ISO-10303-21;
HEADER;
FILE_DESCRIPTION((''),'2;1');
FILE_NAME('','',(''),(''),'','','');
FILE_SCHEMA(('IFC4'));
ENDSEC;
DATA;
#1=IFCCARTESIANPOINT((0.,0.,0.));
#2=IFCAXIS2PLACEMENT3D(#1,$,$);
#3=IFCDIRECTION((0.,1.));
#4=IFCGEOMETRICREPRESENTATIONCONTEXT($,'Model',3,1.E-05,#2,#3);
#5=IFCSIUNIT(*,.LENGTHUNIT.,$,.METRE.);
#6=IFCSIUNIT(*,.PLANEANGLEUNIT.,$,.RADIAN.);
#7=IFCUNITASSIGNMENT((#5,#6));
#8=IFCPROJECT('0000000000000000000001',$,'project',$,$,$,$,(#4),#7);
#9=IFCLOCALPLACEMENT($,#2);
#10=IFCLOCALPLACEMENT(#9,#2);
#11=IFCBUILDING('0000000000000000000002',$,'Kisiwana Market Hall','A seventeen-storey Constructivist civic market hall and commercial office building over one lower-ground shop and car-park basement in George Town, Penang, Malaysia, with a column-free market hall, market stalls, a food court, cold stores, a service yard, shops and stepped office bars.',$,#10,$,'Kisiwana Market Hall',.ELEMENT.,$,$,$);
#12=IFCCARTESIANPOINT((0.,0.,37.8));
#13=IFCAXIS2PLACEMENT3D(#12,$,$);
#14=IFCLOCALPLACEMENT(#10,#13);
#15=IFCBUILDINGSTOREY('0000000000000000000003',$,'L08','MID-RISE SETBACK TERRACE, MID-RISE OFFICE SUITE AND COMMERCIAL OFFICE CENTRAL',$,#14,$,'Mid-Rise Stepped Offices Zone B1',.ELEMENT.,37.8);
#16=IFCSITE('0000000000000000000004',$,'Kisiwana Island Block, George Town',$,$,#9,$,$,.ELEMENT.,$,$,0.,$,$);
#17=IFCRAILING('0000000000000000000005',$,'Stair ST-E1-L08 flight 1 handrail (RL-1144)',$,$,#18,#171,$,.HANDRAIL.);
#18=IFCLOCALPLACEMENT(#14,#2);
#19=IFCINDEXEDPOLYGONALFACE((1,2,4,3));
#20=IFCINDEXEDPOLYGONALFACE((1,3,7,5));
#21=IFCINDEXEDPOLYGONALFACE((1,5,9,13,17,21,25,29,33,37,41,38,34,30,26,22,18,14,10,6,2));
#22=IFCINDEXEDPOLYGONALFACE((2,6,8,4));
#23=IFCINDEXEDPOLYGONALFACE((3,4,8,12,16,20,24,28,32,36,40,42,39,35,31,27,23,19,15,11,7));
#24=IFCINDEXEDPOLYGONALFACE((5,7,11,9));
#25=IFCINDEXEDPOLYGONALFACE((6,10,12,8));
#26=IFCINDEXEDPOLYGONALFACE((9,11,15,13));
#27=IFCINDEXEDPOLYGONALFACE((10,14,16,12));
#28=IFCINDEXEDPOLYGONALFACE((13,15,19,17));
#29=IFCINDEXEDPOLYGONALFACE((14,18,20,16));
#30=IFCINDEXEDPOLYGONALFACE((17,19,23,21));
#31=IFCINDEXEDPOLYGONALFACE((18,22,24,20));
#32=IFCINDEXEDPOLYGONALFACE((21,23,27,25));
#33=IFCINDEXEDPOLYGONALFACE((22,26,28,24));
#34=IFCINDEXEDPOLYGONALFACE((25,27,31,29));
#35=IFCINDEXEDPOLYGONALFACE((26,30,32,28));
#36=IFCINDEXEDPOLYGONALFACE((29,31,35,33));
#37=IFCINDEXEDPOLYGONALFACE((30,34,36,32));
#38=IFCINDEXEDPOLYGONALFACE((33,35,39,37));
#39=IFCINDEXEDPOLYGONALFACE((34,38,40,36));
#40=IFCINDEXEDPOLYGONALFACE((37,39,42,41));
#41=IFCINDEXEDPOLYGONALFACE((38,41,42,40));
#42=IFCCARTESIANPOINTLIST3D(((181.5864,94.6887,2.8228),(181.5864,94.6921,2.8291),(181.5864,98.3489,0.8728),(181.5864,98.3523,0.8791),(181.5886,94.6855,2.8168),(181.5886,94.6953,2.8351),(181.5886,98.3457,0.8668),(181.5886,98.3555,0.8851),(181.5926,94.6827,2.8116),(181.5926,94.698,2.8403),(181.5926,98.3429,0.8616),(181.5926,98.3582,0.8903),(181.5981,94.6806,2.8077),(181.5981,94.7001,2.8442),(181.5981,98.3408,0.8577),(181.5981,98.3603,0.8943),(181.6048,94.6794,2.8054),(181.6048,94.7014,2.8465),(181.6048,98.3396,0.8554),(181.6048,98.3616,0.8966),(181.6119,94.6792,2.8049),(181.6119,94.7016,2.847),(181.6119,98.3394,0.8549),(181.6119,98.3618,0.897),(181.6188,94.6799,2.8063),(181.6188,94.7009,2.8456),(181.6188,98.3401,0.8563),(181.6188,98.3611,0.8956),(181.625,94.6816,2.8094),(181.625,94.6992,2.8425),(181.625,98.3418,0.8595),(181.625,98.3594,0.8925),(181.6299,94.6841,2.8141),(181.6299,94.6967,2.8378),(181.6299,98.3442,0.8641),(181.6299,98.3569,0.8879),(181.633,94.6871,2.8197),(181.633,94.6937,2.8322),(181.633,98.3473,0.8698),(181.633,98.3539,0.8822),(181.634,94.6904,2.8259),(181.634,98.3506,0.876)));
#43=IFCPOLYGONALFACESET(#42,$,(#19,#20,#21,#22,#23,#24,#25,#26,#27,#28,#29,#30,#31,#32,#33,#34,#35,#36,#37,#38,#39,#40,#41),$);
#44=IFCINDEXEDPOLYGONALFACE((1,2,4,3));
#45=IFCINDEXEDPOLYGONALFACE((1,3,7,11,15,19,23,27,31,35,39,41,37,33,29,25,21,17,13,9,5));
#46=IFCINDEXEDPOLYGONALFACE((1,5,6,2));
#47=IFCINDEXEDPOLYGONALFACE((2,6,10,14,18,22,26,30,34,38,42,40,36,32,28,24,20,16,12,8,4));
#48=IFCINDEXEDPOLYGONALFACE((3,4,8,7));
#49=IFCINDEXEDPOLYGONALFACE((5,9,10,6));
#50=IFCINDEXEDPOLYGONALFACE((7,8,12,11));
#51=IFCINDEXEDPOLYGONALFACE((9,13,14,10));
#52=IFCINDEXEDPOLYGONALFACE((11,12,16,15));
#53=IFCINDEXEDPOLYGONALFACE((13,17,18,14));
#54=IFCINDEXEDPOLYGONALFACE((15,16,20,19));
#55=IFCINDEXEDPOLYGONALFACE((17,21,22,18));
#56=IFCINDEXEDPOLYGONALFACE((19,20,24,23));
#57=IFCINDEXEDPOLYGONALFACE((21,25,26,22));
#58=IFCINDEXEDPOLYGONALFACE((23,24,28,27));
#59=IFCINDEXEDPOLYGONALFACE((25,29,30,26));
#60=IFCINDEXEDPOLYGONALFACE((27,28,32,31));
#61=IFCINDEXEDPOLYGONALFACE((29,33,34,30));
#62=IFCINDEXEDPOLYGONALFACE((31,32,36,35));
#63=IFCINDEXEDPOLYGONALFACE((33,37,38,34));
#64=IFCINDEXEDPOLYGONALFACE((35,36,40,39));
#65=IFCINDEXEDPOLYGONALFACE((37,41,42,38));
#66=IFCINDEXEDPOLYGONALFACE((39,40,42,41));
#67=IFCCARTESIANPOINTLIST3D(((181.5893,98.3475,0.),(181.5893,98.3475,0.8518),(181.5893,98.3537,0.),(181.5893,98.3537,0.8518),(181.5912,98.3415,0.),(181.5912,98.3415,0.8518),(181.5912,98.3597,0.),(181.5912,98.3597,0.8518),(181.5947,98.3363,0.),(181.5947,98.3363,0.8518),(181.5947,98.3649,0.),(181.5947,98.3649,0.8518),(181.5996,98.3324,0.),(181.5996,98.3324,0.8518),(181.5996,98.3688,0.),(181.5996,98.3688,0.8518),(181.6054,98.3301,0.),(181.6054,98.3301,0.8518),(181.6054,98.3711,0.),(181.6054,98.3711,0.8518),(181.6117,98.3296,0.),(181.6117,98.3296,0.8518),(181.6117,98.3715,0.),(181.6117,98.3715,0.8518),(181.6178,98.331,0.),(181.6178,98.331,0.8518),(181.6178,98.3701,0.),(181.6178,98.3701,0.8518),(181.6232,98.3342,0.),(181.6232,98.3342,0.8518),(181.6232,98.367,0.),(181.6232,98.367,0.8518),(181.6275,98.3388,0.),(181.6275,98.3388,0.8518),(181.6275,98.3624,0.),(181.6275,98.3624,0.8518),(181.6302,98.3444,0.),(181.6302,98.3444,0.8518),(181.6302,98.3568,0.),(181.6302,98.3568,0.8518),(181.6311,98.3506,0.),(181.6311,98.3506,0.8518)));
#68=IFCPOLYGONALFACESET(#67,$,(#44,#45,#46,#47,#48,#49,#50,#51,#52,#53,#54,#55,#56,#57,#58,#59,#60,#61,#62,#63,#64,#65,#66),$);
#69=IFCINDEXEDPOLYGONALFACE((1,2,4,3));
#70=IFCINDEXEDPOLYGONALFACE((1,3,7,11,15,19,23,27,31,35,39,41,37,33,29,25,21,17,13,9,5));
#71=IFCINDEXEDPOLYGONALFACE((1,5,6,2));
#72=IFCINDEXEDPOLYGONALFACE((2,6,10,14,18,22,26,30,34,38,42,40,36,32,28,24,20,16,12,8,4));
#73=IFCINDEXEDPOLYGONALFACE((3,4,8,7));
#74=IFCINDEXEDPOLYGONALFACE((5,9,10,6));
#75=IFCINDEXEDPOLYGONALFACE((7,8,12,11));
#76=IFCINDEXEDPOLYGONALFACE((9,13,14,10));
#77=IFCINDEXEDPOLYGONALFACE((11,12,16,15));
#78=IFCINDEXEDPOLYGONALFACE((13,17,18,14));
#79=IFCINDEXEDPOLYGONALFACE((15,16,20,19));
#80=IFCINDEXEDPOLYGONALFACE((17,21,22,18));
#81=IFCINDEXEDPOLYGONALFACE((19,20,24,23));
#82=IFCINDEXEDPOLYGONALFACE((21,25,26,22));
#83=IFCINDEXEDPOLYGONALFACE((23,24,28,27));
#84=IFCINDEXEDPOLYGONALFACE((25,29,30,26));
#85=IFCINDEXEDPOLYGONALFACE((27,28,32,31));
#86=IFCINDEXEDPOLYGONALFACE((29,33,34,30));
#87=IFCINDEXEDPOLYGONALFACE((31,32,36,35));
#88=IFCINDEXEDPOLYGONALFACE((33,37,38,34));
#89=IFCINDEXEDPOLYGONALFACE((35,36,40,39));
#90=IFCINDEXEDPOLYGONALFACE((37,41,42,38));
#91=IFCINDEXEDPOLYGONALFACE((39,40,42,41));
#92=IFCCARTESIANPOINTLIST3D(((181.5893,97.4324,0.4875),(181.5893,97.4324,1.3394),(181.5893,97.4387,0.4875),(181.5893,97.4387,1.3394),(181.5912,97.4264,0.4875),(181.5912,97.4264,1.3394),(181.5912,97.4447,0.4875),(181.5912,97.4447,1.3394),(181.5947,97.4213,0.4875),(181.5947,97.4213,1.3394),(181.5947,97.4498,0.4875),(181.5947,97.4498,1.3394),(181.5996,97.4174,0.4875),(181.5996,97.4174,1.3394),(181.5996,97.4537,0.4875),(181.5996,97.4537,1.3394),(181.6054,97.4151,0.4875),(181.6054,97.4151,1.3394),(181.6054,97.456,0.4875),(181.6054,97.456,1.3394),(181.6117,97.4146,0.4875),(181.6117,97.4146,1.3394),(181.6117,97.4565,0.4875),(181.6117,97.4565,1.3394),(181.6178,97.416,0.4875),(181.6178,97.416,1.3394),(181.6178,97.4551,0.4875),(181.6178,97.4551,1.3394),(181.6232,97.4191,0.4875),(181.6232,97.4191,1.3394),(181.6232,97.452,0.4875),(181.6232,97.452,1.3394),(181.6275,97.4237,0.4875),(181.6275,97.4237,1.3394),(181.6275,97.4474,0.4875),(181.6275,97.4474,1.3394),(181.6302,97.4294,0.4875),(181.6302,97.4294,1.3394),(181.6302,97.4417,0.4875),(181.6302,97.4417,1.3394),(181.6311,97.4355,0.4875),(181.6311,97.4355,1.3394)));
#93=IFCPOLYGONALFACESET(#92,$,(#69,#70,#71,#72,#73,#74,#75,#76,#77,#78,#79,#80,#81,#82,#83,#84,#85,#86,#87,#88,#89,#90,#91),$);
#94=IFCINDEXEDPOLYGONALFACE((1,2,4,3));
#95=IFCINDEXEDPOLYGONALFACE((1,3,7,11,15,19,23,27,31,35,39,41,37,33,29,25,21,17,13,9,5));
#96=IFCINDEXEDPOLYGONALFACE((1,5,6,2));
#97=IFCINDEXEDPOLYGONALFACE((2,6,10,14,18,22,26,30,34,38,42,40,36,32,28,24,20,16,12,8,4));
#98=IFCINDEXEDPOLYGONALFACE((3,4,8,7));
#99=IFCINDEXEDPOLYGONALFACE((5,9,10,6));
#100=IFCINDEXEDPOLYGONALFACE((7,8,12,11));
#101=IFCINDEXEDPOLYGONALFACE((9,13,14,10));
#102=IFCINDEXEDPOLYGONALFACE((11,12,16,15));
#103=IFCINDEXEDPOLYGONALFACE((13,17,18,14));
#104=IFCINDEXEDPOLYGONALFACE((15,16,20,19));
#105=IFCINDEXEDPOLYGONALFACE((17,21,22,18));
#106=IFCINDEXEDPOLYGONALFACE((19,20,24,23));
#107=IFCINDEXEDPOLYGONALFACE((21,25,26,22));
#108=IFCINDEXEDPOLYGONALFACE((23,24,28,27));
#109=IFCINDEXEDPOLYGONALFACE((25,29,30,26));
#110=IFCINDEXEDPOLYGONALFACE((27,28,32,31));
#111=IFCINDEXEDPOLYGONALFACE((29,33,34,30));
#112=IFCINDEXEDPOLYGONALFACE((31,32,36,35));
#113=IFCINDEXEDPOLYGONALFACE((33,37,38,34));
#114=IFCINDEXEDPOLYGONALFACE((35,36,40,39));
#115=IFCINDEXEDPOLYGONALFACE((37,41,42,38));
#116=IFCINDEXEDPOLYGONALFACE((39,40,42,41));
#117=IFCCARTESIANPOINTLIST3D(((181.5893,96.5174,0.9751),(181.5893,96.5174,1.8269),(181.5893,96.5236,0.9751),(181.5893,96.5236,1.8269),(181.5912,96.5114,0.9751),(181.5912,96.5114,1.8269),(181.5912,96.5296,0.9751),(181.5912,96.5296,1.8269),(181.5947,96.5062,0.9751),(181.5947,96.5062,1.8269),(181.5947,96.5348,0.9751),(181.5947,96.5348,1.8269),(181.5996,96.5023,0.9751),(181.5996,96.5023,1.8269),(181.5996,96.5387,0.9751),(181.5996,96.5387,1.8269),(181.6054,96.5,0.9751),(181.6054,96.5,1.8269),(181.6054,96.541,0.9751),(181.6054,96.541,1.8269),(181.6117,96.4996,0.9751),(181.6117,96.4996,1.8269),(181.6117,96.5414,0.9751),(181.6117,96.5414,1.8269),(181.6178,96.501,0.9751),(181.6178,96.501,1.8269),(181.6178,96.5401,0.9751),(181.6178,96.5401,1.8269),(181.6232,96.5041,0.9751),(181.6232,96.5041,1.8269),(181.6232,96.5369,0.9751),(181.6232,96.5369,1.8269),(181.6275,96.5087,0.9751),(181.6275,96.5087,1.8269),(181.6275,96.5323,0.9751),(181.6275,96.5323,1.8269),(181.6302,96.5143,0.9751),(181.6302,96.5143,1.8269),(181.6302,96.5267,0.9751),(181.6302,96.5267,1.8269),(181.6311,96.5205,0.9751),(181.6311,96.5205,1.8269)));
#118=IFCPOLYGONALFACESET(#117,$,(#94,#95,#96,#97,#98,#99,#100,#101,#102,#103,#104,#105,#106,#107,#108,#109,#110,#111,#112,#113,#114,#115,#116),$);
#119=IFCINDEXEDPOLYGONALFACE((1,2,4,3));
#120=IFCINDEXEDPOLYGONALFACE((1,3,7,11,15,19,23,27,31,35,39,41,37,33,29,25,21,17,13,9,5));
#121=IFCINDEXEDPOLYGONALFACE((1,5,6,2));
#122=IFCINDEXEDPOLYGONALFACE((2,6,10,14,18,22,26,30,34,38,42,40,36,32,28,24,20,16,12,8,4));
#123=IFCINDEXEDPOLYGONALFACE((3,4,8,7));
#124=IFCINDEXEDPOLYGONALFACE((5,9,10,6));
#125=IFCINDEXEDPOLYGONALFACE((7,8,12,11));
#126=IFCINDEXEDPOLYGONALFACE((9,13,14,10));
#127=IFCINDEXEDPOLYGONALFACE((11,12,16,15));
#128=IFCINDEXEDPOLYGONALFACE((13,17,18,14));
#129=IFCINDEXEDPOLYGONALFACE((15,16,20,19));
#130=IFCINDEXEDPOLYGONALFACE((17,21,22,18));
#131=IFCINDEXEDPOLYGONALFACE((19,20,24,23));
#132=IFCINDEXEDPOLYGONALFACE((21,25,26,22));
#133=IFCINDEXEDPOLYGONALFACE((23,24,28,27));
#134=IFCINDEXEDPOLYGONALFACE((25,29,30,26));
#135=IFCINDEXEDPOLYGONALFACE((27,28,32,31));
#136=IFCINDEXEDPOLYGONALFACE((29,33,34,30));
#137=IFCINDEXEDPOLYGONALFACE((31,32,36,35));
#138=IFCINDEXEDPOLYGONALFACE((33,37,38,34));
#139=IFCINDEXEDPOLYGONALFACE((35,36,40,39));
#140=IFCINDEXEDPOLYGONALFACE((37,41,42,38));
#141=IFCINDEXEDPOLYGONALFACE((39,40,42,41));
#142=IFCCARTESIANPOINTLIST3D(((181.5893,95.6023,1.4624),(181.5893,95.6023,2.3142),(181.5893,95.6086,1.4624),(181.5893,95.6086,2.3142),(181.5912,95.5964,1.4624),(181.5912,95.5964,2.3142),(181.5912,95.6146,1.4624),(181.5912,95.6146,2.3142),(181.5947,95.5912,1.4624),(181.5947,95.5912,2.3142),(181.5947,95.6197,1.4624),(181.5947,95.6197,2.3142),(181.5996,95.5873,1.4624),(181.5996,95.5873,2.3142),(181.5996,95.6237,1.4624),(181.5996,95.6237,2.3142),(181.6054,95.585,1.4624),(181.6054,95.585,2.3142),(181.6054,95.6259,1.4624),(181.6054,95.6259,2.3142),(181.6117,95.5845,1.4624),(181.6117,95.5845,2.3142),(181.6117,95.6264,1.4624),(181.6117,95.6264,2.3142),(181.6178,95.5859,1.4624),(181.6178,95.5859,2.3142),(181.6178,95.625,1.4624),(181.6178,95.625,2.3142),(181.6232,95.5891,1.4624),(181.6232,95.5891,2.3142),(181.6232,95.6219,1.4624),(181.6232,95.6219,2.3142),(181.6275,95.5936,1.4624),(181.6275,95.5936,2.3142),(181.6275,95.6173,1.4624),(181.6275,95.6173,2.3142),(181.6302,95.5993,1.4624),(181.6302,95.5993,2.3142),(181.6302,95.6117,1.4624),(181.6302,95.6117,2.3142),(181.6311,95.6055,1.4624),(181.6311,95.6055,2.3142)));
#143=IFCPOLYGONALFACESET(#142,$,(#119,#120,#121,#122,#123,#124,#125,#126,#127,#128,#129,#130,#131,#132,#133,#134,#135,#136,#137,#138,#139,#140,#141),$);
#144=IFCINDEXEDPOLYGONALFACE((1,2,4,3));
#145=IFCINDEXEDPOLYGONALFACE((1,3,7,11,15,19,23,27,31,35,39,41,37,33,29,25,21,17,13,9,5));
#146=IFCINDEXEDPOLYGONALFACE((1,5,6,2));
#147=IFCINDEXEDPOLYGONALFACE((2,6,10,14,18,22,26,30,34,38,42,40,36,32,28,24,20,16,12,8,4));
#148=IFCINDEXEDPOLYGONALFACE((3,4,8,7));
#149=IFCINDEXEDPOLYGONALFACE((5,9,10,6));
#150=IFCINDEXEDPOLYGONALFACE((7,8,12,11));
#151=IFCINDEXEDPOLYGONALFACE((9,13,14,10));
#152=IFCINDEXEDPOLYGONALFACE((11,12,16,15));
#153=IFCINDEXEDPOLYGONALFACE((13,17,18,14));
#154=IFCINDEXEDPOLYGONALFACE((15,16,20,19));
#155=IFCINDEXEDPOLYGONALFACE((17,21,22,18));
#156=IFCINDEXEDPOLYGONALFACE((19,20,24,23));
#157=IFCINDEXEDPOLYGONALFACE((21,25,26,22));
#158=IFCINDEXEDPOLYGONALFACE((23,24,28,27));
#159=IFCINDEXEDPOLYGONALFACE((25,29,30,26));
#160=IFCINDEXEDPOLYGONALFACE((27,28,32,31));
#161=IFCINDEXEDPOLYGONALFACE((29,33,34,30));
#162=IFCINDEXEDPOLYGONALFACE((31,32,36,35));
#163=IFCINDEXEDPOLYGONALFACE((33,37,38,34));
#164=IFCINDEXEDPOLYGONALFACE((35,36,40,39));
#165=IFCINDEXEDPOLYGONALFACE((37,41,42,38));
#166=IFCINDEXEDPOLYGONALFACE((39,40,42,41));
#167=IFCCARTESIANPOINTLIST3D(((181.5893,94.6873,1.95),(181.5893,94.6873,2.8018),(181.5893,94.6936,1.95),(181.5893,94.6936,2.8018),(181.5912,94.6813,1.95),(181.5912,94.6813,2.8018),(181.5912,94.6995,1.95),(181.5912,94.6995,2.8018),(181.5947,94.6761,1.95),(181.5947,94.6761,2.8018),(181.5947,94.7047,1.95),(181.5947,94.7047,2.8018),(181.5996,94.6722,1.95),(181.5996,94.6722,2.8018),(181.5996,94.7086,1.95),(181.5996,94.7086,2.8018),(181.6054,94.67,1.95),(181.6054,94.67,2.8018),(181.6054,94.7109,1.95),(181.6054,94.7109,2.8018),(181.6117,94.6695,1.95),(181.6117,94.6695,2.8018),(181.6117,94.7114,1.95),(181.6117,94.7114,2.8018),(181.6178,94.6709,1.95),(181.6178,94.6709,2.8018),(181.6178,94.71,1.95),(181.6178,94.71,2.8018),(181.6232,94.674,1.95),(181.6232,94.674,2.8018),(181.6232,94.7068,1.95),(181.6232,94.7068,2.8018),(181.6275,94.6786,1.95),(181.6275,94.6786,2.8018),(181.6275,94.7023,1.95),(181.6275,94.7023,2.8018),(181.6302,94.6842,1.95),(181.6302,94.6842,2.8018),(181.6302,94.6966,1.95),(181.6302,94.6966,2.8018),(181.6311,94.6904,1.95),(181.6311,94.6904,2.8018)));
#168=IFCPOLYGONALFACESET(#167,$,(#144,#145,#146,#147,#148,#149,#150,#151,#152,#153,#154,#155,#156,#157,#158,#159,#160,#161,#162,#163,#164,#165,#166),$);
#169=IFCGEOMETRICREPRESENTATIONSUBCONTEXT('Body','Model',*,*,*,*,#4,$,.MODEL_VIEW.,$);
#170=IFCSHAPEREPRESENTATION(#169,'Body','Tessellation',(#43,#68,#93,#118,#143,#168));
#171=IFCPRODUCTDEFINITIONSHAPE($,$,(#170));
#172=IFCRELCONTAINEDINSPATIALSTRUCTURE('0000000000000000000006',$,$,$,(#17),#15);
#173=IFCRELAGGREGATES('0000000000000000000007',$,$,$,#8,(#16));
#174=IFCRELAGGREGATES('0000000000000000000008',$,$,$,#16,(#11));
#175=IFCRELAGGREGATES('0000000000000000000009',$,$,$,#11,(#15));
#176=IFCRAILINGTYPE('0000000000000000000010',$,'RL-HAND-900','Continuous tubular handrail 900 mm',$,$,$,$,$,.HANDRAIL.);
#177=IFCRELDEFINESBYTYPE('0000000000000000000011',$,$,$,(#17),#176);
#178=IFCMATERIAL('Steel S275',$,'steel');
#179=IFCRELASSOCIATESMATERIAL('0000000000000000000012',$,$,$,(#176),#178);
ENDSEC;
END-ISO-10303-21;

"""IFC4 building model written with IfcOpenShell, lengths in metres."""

from ifc_helpers import new_model, si_unit, direction, frame, origin, origin_2d, place, context, subcontext, project, spatial, circle, extrude, material, type_object, element, save


model = new_model("IFC4")

# Units and contexts
model_context = context("Model", 3, precision=1e-05, world=origin(), true_north=direction((0.0, 1.0)))
body_context = subcontext(model_context, "Body", "Model", "MODEL_VIEW")
ifc_project = project(units=[si_unit("LENGTHUNIT", "METRE"), si_unit("PLANEANGLEUNIT", "RADIAN")], contexts=[model_context])

# Site, building, storey
site_placement = place(None, origin())
site = spatial("IfcSite", under=ifc_project, at=site_placement, Name="Kisiwana Island Block, George Town", CompositionType="ELEMENT", RefElevation=0.0)
building_placement = place(site_placement, origin())
building = spatial("IfcBuilding", under=site, at=building_placement, Name="Kisiwana Market Hall", Description="A seventeen-storey Constructivist civic market hall and commercial office building over one lower-ground shop and car-park basement in George Town, Penang, Malaysia, with a column-free market hall, market stalls, a food court, cold stores, a service yard, shops and stepped office bars.", LongName="Kisiwana Market Hall", CompositionType="ELEMENT")
storey_placement = place(building_placement, frame((0.0, 0.0, 37.8)))
storey = spatial("IfcBuildingStorey", under=building, at=storey_placement, Name="L08", Description="MID-RISE SETBACK TERRACE, MID-RISE OFFICE SUITE AND COMMERCIAL OFFICE CENTRAL", LongName="Mid-Rise Stepped Offices Zone B1", CompositionType="ELEMENT", Elevation=37.8)

# Railing
ifc_material_1 = material(Name="Steel S275", Category="steel")
railing_type = type_object("IfcRailingType", Name="RL-HAND-900", Description="Continuous tubular handrail 900 mm", PredefinedType="HANDRAIL", material=ifc_material_1)
railing_1_placement = place(storey_placement, frame((181.6101, 98.3506, 0.0)))
element("IfcRailing", 1, at=railing_1_placement, inside=storey, type_object=railing_type, Name="Stair ST-E1-L08 flight 1 handrail (RL-1144)", PredefinedType="HANDRAIL", context=body_context, shape_type="SweptSolid", body=[
    extrude(circle(Radius=0.0239, at=origin_2d()), frame((0.0, 0.0, 0.876), z_axis=(0.0, -0.882566, 0.470188), x_axis=(1.0, 0.0, 0.0)), (0.0, 0.0, 1.0), 4.1472),
    extrude(circle(Radius=0.021, at=origin_2d()), origin(), (0.0, 0.0, 1.0), 0.8518),
    extrude(circle(Radius=0.021, at=origin_2d()), frame((0.0, -0.915, 0.4875)), (0.0, 0.0, 1.0), 0.8518),
    extrude(circle(Radius=0.021, at=origin_2d()), frame((0.0, -1.8301, 0.9751)), (0.0, 0.0, 1.0), 0.8518),
    extrude(circle(Radius=0.021, at=origin_2d()), frame((0.0, -2.7451, 1.4624)), (0.0, 0.0, 1.0), 0.8518),
    extrude(circle(Radius=0.021, at=origin_2d()), frame((0.0, -3.6602, 1.95)), (0.0, 0.0, 1.0), 0.8518),
])

save(model, "model.ifc")
